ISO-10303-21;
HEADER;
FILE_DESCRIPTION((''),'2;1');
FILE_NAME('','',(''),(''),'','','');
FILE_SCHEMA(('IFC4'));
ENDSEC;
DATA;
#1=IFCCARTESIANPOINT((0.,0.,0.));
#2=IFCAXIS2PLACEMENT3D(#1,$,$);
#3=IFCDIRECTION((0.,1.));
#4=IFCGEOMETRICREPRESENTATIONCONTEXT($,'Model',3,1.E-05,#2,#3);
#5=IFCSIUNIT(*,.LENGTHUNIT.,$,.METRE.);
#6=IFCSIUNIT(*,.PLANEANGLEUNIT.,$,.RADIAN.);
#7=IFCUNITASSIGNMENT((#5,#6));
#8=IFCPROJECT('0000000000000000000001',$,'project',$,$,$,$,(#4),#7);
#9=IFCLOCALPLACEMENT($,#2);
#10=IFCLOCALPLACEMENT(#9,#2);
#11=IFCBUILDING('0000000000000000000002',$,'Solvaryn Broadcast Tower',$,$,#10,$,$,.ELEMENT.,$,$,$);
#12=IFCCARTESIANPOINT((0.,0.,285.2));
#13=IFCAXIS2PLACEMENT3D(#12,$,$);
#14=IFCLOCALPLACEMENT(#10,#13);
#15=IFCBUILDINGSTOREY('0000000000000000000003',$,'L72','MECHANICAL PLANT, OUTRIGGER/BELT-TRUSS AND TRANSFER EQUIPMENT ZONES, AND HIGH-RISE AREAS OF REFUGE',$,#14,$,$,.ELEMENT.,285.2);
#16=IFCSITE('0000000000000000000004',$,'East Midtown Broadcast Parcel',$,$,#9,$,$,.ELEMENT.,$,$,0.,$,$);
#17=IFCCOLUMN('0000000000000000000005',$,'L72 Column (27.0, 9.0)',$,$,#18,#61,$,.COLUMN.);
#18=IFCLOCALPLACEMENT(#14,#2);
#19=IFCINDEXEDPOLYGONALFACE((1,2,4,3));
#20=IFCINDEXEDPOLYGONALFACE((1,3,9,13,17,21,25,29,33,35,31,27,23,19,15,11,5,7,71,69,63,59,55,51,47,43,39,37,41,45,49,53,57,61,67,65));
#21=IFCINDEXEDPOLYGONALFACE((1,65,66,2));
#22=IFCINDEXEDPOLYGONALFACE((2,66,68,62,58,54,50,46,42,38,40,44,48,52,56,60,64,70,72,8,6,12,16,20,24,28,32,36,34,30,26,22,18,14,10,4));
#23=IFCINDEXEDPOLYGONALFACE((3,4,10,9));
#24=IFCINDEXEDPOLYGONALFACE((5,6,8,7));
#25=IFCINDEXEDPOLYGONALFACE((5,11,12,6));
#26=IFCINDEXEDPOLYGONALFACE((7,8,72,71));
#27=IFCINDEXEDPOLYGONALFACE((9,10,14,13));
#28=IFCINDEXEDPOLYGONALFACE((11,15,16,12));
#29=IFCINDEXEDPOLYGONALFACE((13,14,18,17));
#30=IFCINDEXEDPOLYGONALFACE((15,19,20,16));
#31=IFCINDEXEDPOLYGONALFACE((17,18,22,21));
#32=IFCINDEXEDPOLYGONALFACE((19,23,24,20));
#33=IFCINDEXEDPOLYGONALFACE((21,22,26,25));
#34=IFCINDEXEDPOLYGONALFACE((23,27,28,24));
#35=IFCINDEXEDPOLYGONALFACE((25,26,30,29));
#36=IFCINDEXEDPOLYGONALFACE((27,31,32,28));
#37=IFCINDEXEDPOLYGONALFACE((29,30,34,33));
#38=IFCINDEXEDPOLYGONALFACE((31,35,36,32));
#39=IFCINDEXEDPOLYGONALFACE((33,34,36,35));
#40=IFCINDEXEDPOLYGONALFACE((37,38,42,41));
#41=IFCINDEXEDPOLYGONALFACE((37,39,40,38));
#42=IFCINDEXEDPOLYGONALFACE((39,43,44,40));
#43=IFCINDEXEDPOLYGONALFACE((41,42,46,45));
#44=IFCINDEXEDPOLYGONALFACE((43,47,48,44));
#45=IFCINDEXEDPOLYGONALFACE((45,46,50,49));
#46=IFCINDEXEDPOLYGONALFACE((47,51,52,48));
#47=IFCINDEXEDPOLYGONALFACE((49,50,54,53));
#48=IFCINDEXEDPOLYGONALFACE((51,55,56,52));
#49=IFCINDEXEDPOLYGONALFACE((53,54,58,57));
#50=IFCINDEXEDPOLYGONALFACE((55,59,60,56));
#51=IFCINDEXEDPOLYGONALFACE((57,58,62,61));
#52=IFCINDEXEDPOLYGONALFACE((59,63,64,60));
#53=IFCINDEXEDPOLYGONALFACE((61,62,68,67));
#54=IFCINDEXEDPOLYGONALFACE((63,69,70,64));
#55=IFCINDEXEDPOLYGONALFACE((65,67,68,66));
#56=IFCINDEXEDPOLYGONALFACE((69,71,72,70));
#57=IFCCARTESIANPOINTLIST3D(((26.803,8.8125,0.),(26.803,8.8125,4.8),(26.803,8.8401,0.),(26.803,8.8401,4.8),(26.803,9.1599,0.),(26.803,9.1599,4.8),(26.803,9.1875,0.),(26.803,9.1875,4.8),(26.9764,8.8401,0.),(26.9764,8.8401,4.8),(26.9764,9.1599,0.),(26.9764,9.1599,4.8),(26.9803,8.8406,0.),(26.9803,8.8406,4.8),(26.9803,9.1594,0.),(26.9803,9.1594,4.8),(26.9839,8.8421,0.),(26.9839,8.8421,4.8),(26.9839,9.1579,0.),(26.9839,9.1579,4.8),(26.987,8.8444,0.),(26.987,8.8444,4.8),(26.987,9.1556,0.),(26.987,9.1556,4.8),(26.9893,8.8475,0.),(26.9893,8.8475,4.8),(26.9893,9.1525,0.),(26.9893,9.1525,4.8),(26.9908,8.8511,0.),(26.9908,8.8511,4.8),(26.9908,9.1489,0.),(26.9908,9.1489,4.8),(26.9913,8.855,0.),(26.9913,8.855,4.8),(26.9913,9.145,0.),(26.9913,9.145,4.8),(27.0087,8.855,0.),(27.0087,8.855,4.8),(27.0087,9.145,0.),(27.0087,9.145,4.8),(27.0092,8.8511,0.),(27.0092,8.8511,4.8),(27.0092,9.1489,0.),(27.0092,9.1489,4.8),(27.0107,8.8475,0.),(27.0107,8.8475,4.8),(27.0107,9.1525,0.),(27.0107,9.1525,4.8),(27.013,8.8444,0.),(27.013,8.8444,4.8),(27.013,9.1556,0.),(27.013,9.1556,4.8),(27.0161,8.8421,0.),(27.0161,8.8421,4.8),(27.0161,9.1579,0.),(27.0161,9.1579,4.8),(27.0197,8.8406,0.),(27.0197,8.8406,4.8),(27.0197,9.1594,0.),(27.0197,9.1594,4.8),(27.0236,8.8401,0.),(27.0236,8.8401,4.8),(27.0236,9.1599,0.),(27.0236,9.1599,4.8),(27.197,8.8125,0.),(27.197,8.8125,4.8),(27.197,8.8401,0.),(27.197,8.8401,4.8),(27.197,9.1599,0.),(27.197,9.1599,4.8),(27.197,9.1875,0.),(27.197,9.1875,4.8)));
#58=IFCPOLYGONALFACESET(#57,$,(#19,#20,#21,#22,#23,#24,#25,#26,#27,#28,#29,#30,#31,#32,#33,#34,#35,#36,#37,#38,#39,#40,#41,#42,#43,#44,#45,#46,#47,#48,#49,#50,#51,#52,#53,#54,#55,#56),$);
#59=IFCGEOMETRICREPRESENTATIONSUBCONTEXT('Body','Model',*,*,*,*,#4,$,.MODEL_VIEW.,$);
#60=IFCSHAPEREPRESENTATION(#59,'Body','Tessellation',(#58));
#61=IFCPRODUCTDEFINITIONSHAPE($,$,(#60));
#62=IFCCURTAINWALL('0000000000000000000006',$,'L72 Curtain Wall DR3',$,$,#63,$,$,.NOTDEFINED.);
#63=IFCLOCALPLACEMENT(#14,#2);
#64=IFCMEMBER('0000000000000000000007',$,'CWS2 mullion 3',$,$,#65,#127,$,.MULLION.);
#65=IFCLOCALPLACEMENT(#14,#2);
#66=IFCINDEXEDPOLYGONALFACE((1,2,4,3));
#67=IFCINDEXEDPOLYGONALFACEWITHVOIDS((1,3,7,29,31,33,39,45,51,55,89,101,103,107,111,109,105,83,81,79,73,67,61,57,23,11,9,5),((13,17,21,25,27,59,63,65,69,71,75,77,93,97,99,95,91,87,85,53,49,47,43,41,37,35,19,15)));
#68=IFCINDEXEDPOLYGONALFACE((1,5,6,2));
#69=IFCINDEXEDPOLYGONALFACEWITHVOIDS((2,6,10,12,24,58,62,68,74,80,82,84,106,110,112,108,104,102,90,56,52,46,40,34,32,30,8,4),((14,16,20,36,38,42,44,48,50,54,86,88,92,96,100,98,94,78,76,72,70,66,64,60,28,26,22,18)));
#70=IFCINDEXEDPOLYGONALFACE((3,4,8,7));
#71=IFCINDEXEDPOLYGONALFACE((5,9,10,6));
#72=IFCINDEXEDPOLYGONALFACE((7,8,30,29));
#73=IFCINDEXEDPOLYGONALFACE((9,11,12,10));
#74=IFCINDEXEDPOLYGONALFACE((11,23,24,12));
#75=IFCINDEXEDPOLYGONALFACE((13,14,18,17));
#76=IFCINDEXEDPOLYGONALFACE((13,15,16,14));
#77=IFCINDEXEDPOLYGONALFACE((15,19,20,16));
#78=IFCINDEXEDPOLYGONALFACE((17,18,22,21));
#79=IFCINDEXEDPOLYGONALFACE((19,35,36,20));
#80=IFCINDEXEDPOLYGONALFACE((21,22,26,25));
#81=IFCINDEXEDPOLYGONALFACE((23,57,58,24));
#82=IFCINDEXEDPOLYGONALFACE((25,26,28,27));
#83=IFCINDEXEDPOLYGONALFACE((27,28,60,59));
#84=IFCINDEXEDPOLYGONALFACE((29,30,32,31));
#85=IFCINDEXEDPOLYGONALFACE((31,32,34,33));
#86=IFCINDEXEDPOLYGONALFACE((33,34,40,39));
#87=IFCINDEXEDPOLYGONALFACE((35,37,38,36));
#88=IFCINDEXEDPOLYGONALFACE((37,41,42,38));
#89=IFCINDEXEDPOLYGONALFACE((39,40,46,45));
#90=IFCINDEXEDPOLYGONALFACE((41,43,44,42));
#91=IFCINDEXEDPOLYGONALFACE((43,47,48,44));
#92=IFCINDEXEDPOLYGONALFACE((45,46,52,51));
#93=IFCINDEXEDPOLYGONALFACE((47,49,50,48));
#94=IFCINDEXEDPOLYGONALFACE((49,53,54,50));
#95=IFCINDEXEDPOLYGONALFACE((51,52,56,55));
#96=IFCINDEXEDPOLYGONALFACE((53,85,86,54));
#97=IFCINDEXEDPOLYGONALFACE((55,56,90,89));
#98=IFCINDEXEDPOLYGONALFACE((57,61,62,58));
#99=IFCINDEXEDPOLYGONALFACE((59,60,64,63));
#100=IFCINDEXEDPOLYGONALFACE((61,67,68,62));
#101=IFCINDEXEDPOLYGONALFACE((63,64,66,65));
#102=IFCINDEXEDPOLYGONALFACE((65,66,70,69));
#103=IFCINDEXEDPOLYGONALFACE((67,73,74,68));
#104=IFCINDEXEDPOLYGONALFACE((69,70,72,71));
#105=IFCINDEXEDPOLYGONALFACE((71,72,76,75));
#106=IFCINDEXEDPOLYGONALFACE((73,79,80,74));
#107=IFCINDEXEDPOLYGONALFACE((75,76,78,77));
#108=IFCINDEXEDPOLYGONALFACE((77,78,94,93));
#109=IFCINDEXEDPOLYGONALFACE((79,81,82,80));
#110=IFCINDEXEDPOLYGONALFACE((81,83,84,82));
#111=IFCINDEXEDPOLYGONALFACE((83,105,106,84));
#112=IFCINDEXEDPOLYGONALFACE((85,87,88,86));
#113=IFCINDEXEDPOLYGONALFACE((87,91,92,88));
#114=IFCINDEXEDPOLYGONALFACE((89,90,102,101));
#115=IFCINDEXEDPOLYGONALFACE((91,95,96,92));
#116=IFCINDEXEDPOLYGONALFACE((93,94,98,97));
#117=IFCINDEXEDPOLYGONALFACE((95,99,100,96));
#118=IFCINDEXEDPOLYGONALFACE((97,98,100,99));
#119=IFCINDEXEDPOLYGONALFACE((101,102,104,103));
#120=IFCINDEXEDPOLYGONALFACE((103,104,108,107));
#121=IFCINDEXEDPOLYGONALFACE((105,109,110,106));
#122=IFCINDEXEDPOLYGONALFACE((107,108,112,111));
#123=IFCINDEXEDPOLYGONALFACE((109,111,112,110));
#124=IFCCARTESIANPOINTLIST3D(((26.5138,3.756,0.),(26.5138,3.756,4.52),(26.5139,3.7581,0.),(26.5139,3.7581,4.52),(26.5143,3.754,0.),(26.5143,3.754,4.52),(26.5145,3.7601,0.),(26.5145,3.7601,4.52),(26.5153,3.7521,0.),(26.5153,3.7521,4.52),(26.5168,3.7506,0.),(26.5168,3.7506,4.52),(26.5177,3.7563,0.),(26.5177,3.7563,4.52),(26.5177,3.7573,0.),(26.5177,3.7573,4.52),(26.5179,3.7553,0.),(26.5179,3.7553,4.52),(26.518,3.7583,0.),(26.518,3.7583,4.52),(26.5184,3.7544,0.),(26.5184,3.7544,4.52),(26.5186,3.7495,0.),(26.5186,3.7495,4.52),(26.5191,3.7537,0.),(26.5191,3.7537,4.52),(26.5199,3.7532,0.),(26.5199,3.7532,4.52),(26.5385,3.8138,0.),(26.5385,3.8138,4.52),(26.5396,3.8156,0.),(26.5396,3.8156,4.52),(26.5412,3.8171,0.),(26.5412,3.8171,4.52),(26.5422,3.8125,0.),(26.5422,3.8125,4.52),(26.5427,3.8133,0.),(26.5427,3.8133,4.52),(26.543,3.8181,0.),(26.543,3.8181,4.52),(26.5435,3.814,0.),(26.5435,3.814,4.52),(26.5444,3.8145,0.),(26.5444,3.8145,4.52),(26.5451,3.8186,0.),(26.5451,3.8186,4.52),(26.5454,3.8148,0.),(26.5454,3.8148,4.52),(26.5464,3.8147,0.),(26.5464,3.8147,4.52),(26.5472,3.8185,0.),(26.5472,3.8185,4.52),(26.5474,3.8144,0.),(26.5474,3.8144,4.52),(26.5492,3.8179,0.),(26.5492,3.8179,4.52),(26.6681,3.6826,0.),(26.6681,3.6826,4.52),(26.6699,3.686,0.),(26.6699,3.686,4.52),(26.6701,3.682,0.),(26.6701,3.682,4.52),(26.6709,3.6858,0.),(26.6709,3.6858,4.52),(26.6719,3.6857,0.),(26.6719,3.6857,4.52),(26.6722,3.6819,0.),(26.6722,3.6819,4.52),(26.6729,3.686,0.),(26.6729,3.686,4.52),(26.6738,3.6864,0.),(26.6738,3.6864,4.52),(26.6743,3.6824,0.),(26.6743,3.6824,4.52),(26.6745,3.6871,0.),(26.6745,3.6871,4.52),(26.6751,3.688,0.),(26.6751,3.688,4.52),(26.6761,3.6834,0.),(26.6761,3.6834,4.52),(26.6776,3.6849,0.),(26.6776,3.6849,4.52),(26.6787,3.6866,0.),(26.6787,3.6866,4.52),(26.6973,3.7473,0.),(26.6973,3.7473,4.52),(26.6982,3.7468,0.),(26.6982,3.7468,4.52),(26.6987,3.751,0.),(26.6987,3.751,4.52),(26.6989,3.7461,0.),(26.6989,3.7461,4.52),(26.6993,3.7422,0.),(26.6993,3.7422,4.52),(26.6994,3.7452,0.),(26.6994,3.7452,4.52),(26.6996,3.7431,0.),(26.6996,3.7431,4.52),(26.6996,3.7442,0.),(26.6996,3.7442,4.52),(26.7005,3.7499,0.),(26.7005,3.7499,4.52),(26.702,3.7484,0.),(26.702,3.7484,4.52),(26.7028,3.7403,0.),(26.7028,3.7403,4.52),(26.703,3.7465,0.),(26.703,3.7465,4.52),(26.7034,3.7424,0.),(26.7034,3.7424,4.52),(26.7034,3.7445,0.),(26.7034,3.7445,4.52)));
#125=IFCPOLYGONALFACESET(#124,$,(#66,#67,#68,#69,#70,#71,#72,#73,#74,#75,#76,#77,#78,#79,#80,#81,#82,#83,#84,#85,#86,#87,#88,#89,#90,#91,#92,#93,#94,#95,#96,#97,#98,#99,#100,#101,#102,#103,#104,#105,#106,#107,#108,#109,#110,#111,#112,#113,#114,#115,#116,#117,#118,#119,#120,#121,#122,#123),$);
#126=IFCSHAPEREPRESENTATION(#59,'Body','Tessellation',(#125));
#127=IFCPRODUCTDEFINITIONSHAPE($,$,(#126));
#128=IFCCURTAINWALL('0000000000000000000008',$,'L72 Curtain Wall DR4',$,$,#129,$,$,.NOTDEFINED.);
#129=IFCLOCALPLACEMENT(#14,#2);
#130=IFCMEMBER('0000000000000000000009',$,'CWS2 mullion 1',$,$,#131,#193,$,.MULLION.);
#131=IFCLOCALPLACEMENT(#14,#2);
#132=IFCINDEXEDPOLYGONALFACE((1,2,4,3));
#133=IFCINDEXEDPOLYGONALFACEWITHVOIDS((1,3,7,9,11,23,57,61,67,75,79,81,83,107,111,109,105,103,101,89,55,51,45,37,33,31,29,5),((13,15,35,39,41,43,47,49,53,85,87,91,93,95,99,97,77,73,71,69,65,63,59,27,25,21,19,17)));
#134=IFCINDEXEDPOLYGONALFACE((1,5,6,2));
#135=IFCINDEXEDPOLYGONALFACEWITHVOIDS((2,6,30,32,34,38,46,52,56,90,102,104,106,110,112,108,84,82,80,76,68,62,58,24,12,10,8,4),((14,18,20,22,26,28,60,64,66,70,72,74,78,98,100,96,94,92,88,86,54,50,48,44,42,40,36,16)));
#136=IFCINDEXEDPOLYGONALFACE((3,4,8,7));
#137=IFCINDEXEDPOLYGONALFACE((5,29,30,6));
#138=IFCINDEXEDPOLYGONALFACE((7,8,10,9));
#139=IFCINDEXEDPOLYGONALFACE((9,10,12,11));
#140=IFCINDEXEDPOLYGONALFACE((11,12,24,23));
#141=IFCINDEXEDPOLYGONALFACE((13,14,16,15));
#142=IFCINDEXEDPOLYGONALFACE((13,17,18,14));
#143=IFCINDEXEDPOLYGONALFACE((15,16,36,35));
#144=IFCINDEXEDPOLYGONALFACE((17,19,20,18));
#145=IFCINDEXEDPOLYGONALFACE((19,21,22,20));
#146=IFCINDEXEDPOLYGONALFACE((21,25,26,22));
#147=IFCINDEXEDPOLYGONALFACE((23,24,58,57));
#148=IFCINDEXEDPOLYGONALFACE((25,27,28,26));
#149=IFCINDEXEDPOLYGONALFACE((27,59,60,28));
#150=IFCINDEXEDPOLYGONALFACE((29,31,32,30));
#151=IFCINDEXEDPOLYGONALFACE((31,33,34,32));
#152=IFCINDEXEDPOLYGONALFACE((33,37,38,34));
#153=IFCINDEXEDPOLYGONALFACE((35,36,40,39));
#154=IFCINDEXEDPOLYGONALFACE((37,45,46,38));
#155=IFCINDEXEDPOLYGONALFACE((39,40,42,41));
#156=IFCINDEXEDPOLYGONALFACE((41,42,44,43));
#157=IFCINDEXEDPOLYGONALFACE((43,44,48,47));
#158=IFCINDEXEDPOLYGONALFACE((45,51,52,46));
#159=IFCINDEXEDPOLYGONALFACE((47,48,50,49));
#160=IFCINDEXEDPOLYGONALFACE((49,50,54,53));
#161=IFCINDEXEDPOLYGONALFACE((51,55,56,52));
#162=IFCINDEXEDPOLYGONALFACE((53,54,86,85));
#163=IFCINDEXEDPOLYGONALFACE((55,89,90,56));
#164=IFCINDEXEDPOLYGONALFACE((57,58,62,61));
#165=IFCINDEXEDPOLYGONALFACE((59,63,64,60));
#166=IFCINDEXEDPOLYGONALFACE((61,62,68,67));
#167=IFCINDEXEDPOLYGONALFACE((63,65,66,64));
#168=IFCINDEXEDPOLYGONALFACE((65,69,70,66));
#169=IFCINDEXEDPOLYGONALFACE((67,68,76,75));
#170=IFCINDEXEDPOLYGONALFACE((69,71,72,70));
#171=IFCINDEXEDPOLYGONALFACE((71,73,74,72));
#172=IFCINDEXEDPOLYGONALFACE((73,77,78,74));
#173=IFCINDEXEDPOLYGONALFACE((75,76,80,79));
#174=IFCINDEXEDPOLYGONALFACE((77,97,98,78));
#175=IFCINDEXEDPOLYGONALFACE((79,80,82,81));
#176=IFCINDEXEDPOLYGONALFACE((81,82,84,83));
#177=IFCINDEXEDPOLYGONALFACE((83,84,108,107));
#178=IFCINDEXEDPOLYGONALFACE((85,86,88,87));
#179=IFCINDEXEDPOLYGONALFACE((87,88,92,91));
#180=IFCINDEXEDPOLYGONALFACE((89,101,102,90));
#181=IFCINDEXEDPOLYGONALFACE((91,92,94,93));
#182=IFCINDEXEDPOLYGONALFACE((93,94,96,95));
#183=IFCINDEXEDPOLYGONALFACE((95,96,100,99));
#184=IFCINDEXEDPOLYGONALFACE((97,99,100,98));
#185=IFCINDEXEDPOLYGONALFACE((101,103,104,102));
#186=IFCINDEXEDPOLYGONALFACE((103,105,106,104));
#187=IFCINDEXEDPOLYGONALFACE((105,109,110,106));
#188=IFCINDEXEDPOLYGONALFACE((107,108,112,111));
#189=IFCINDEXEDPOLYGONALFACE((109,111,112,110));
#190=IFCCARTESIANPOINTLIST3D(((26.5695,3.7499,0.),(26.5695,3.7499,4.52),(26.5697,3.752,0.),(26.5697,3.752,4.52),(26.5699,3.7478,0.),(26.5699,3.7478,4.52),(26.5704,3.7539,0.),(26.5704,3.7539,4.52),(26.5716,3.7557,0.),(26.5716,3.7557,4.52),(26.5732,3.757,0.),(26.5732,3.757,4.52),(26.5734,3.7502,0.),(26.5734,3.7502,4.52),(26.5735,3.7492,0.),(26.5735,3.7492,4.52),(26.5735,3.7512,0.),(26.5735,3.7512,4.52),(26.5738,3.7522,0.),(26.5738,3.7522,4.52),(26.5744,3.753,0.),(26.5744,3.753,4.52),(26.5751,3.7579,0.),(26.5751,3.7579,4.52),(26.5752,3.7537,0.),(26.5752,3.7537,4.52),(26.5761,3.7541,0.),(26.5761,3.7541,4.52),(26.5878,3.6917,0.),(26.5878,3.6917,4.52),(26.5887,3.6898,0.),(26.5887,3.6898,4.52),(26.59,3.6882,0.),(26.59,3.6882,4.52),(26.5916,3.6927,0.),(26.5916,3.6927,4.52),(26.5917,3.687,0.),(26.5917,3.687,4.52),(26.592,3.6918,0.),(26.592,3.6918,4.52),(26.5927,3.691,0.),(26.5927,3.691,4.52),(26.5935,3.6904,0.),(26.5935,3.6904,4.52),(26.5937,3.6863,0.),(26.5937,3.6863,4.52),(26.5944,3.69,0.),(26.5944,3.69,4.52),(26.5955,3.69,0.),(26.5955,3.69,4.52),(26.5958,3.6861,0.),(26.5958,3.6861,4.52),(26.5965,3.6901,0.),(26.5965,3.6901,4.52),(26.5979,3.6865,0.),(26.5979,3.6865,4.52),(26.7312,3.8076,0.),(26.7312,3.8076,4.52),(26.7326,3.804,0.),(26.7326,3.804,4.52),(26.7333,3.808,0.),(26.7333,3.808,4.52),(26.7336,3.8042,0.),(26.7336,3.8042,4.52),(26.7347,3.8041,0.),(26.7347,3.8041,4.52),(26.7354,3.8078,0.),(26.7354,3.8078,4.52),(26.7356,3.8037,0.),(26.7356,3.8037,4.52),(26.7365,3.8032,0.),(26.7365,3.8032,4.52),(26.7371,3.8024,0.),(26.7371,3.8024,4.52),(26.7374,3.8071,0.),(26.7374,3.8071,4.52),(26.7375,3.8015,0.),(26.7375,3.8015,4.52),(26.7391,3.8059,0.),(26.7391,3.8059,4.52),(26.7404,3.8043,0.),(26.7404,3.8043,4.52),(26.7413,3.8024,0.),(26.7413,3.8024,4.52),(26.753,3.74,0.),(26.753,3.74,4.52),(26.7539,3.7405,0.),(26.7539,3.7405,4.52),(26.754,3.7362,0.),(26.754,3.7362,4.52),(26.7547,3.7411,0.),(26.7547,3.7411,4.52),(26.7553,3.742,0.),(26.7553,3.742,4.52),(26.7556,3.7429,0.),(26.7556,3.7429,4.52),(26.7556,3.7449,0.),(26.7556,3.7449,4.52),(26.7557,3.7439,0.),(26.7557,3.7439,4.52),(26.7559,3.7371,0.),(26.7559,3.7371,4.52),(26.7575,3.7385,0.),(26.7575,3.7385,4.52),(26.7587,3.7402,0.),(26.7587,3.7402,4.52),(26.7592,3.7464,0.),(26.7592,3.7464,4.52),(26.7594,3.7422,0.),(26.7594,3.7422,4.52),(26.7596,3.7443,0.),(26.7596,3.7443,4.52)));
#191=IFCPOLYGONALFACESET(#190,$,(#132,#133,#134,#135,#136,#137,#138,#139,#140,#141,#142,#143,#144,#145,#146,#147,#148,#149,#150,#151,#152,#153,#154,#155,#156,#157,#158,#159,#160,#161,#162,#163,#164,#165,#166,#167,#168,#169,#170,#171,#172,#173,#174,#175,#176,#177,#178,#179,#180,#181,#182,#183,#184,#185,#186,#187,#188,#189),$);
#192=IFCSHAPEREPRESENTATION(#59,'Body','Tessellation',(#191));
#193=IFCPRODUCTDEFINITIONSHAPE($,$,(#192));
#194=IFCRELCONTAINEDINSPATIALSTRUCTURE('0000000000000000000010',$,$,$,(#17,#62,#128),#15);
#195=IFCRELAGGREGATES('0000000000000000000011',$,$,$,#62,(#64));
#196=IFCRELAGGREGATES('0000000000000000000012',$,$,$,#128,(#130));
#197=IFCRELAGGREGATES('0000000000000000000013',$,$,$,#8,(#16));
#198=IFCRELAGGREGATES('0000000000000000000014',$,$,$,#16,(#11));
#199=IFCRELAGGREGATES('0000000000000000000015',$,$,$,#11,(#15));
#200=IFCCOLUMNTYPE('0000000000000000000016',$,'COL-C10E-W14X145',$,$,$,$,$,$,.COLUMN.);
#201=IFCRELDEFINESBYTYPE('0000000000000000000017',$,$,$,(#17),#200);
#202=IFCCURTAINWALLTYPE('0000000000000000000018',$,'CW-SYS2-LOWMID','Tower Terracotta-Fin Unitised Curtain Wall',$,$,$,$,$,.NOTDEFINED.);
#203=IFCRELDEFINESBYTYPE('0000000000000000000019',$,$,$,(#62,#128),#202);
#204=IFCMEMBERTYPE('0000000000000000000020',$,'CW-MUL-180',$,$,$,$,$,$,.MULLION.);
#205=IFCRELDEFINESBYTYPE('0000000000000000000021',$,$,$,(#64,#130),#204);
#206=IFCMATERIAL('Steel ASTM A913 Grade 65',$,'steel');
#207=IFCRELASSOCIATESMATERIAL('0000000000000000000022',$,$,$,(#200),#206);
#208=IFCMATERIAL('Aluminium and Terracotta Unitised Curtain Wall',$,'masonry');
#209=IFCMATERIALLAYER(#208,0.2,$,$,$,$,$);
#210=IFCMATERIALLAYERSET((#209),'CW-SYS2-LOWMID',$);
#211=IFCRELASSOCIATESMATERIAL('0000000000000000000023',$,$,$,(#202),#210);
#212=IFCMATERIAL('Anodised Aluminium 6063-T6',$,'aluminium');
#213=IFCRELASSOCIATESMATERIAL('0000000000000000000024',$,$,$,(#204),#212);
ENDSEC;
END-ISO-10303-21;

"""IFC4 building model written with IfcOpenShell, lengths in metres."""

from ifc_helpers import new_model, si_unit, direction, frame, origin, origin_2d, place, context, subcontext, project, spatial, hollow_rectangle, i_section, extrude, material, layer, layer_set, material_profile, profile_set, type_object, element, aggregate, save


model = new_model("IFC4")

# Units and contexts
model_context = context("Model", 3, precision=1e-05, world=origin(), true_north=direction((0.0, 1.0)))
body_context = subcontext(model_context, "Body", "Model", "MODEL_VIEW")
ifc_project = project(units=[si_unit("LENGTHUNIT", "METRE"), si_unit("PLANEANGLEUNIT", "RADIAN")], contexts=[model_context])

# Site, building, storey
site_placement = place(None, origin())
site = spatial("IfcSite", under=ifc_project, at=site_placement, Name="East Midtown Broadcast Parcel", CompositionType="ELEMENT", RefElevation=0.0)
building_placement = place(site_placement, origin())
building = spatial("IfcBuilding", under=site, at=building_placement, Name="Solvaryn Broadcast Tower", CompositionType="ELEMENT")
storey_placement = place(building_placement, frame((0.0, 0.0, 285.2)))
storey = spatial("IfcBuildingStorey", under=building, at=storey_placement, Name="L72", Description="MECHANICAL PLANT, OUTRIGGER/BELT-TRUSS AND TRANSFER EQUIPMENT ZONES, AND HIGH-RISE AREAS OF REFUGE", CompositionType="ELEMENT", Elevation=285.2)

# Column
ifc_material_1 = material(Name="Steel ASTM A913 Grade 65", Category="steel")
ifc_material_profile_1 = material_profile(ifc_material_1, i_section(OverallWidth=0.394, OverallDepth=0.375, WebThickness=0.0173, FlangeThickness=0.0276, FilletRadius=0.0149, at=origin_2d()))
ifc_profile_set_1 = profile_set([ifc_material_profile_1], Name="Steel ASTM A913 Grade 65")
column_type = type_object("IfcColumnType", Name="COL-C10E-W14X145", PredefinedType="COLUMN", material=ifc_profile_set_1)
column_placement = place(storey_placement, frame((27.0, 9.0, 0.0), z_axis=(0.0, 0.0, 1.0), x_axis=(1.0, 0.0, 0.0)))
element("IfcColumn", 1, at=column_placement, inside=storey, type_object=column_type, Name="L72 Column (27.0, 9.0)", PredefinedType="COLUMN", context=body_context, shape_type="SweptSolid", body=[
    extrude(i_section(OverallWidth=0.394, OverallDepth=0.375, WebThickness=0.0173, FlangeThickness=0.0276, FilletRadius=0.0149, at=origin_2d()), origin(), (0.0, 0.0, 1.0), 4.8),
])

# Curtain wall, member
ifc_material_2 = material(Name="Aluminium and Terracotta Unitised Curtain Wall", Category="masonry")
ifc_layer_1 = layer(ifc_material_2, 0.2)
ifc_layer_set_1 = layer_set([ifc_layer_1], Name="CW-SYS2-LOWMID")
curtain_wall_type = type_object("IfcCurtainWallType", Name="CW-SYS2-LOWMID", Description="Tower Terracotta-Fin Unitised Curtain Wall", PredefinedType="NOTDEFINED", material=ifc_layer_set_1)
curtain_wall_1_placement = place(storey_placement, origin())
curtain_wall_1 = element("IfcCurtainWall", 2, at=curtain_wall_1_placement, inside=storey, type_object=curtain_wall_type, Name="L72 Curtain Wall DR3", PredefinedType="NOTDEFINED")
ifc_material_3 = material(Name="Anodised Aluminium 6063-T6", Category="aluminium")
ifc_material_profile_2 = material_profile(ifc_material_3, hollow_rectangle(XDim=0.075, YDim=0.1799, WallThickness=0.0039, InnerFilletRadius=0.0039, OuterFilletRadius=0.0081, at=origin_2d()))
ifc_profile_set_2 = profile_set([ifc_material_profile_2], Name="Anodised Aluminium 6063-T6")
member_type_1 = type_object("IfcMemberType", Name="CW-MUL-180", PredefinedType="MULLION", material=ifc_profile_set_2)
member_1_placement = place(storey_placement, frame((26.6086, 3.7502, 0.0), z_axis=(0.0, 0.0, 1.0), x_axis=(0.408466, 0.912774, 0.0)))
member_1 = element("IfcMember", 3, at=member_1_placement, type_object=member_type_1, Name="CWS2 mullion 3", PredefinedType="MULLION", context=body_context, shape_type="SweptSolid", body=[
    extrude(hollow_rectangle(XDim=0.075, YDim=0.1799, WallThickness=0.0039, InnerFilletRadius=0.0039, OuterFilletRadius=0.0081, at=origin_2d()), origin(), (0.0, 0.0, 1.0), 4.52),
])

# Curtain wall, member
curtain_wall_2_placement = place(storey_placement, origin())
curtain_wall_2 = element("IfcCurtainWall", 4, at=curtain_wall_2_placement, inside=storey, type_object=curtain_wall_type, Name="L72 Curtain Wall DR4", PredefinedType="NOTDEFINED")
member_2_placement = place(storey_placement, frame((26.6646, 3.7471, 0.0), z_axis=(0.0, 0.0, 1.0), x_axis=(-0.303616, 0.952795, 0.0)))
member_2 = element("IfcMember", 5, at=member_2_placement, type_object=member_type_1, Name="CWS2 mullion 1", PredefinedType="MULLION", context=body_context, shape_type="SweptSolid", body=[
    extrude(hollow_rectangle(XDim=0.075, YDim=0.1799, WallThickness=0.0039, InnerFilletRadius=0.0039, OuterFilletRadius=0.0081, at=origin_2d()), origin(), (0.0, 0.0, 1.0), 4.52),
])

aggregate(curtain_wall_1, [member_1])
aggregate(curtain_wall_2, [member_2])

save(model, "model.ifc")
